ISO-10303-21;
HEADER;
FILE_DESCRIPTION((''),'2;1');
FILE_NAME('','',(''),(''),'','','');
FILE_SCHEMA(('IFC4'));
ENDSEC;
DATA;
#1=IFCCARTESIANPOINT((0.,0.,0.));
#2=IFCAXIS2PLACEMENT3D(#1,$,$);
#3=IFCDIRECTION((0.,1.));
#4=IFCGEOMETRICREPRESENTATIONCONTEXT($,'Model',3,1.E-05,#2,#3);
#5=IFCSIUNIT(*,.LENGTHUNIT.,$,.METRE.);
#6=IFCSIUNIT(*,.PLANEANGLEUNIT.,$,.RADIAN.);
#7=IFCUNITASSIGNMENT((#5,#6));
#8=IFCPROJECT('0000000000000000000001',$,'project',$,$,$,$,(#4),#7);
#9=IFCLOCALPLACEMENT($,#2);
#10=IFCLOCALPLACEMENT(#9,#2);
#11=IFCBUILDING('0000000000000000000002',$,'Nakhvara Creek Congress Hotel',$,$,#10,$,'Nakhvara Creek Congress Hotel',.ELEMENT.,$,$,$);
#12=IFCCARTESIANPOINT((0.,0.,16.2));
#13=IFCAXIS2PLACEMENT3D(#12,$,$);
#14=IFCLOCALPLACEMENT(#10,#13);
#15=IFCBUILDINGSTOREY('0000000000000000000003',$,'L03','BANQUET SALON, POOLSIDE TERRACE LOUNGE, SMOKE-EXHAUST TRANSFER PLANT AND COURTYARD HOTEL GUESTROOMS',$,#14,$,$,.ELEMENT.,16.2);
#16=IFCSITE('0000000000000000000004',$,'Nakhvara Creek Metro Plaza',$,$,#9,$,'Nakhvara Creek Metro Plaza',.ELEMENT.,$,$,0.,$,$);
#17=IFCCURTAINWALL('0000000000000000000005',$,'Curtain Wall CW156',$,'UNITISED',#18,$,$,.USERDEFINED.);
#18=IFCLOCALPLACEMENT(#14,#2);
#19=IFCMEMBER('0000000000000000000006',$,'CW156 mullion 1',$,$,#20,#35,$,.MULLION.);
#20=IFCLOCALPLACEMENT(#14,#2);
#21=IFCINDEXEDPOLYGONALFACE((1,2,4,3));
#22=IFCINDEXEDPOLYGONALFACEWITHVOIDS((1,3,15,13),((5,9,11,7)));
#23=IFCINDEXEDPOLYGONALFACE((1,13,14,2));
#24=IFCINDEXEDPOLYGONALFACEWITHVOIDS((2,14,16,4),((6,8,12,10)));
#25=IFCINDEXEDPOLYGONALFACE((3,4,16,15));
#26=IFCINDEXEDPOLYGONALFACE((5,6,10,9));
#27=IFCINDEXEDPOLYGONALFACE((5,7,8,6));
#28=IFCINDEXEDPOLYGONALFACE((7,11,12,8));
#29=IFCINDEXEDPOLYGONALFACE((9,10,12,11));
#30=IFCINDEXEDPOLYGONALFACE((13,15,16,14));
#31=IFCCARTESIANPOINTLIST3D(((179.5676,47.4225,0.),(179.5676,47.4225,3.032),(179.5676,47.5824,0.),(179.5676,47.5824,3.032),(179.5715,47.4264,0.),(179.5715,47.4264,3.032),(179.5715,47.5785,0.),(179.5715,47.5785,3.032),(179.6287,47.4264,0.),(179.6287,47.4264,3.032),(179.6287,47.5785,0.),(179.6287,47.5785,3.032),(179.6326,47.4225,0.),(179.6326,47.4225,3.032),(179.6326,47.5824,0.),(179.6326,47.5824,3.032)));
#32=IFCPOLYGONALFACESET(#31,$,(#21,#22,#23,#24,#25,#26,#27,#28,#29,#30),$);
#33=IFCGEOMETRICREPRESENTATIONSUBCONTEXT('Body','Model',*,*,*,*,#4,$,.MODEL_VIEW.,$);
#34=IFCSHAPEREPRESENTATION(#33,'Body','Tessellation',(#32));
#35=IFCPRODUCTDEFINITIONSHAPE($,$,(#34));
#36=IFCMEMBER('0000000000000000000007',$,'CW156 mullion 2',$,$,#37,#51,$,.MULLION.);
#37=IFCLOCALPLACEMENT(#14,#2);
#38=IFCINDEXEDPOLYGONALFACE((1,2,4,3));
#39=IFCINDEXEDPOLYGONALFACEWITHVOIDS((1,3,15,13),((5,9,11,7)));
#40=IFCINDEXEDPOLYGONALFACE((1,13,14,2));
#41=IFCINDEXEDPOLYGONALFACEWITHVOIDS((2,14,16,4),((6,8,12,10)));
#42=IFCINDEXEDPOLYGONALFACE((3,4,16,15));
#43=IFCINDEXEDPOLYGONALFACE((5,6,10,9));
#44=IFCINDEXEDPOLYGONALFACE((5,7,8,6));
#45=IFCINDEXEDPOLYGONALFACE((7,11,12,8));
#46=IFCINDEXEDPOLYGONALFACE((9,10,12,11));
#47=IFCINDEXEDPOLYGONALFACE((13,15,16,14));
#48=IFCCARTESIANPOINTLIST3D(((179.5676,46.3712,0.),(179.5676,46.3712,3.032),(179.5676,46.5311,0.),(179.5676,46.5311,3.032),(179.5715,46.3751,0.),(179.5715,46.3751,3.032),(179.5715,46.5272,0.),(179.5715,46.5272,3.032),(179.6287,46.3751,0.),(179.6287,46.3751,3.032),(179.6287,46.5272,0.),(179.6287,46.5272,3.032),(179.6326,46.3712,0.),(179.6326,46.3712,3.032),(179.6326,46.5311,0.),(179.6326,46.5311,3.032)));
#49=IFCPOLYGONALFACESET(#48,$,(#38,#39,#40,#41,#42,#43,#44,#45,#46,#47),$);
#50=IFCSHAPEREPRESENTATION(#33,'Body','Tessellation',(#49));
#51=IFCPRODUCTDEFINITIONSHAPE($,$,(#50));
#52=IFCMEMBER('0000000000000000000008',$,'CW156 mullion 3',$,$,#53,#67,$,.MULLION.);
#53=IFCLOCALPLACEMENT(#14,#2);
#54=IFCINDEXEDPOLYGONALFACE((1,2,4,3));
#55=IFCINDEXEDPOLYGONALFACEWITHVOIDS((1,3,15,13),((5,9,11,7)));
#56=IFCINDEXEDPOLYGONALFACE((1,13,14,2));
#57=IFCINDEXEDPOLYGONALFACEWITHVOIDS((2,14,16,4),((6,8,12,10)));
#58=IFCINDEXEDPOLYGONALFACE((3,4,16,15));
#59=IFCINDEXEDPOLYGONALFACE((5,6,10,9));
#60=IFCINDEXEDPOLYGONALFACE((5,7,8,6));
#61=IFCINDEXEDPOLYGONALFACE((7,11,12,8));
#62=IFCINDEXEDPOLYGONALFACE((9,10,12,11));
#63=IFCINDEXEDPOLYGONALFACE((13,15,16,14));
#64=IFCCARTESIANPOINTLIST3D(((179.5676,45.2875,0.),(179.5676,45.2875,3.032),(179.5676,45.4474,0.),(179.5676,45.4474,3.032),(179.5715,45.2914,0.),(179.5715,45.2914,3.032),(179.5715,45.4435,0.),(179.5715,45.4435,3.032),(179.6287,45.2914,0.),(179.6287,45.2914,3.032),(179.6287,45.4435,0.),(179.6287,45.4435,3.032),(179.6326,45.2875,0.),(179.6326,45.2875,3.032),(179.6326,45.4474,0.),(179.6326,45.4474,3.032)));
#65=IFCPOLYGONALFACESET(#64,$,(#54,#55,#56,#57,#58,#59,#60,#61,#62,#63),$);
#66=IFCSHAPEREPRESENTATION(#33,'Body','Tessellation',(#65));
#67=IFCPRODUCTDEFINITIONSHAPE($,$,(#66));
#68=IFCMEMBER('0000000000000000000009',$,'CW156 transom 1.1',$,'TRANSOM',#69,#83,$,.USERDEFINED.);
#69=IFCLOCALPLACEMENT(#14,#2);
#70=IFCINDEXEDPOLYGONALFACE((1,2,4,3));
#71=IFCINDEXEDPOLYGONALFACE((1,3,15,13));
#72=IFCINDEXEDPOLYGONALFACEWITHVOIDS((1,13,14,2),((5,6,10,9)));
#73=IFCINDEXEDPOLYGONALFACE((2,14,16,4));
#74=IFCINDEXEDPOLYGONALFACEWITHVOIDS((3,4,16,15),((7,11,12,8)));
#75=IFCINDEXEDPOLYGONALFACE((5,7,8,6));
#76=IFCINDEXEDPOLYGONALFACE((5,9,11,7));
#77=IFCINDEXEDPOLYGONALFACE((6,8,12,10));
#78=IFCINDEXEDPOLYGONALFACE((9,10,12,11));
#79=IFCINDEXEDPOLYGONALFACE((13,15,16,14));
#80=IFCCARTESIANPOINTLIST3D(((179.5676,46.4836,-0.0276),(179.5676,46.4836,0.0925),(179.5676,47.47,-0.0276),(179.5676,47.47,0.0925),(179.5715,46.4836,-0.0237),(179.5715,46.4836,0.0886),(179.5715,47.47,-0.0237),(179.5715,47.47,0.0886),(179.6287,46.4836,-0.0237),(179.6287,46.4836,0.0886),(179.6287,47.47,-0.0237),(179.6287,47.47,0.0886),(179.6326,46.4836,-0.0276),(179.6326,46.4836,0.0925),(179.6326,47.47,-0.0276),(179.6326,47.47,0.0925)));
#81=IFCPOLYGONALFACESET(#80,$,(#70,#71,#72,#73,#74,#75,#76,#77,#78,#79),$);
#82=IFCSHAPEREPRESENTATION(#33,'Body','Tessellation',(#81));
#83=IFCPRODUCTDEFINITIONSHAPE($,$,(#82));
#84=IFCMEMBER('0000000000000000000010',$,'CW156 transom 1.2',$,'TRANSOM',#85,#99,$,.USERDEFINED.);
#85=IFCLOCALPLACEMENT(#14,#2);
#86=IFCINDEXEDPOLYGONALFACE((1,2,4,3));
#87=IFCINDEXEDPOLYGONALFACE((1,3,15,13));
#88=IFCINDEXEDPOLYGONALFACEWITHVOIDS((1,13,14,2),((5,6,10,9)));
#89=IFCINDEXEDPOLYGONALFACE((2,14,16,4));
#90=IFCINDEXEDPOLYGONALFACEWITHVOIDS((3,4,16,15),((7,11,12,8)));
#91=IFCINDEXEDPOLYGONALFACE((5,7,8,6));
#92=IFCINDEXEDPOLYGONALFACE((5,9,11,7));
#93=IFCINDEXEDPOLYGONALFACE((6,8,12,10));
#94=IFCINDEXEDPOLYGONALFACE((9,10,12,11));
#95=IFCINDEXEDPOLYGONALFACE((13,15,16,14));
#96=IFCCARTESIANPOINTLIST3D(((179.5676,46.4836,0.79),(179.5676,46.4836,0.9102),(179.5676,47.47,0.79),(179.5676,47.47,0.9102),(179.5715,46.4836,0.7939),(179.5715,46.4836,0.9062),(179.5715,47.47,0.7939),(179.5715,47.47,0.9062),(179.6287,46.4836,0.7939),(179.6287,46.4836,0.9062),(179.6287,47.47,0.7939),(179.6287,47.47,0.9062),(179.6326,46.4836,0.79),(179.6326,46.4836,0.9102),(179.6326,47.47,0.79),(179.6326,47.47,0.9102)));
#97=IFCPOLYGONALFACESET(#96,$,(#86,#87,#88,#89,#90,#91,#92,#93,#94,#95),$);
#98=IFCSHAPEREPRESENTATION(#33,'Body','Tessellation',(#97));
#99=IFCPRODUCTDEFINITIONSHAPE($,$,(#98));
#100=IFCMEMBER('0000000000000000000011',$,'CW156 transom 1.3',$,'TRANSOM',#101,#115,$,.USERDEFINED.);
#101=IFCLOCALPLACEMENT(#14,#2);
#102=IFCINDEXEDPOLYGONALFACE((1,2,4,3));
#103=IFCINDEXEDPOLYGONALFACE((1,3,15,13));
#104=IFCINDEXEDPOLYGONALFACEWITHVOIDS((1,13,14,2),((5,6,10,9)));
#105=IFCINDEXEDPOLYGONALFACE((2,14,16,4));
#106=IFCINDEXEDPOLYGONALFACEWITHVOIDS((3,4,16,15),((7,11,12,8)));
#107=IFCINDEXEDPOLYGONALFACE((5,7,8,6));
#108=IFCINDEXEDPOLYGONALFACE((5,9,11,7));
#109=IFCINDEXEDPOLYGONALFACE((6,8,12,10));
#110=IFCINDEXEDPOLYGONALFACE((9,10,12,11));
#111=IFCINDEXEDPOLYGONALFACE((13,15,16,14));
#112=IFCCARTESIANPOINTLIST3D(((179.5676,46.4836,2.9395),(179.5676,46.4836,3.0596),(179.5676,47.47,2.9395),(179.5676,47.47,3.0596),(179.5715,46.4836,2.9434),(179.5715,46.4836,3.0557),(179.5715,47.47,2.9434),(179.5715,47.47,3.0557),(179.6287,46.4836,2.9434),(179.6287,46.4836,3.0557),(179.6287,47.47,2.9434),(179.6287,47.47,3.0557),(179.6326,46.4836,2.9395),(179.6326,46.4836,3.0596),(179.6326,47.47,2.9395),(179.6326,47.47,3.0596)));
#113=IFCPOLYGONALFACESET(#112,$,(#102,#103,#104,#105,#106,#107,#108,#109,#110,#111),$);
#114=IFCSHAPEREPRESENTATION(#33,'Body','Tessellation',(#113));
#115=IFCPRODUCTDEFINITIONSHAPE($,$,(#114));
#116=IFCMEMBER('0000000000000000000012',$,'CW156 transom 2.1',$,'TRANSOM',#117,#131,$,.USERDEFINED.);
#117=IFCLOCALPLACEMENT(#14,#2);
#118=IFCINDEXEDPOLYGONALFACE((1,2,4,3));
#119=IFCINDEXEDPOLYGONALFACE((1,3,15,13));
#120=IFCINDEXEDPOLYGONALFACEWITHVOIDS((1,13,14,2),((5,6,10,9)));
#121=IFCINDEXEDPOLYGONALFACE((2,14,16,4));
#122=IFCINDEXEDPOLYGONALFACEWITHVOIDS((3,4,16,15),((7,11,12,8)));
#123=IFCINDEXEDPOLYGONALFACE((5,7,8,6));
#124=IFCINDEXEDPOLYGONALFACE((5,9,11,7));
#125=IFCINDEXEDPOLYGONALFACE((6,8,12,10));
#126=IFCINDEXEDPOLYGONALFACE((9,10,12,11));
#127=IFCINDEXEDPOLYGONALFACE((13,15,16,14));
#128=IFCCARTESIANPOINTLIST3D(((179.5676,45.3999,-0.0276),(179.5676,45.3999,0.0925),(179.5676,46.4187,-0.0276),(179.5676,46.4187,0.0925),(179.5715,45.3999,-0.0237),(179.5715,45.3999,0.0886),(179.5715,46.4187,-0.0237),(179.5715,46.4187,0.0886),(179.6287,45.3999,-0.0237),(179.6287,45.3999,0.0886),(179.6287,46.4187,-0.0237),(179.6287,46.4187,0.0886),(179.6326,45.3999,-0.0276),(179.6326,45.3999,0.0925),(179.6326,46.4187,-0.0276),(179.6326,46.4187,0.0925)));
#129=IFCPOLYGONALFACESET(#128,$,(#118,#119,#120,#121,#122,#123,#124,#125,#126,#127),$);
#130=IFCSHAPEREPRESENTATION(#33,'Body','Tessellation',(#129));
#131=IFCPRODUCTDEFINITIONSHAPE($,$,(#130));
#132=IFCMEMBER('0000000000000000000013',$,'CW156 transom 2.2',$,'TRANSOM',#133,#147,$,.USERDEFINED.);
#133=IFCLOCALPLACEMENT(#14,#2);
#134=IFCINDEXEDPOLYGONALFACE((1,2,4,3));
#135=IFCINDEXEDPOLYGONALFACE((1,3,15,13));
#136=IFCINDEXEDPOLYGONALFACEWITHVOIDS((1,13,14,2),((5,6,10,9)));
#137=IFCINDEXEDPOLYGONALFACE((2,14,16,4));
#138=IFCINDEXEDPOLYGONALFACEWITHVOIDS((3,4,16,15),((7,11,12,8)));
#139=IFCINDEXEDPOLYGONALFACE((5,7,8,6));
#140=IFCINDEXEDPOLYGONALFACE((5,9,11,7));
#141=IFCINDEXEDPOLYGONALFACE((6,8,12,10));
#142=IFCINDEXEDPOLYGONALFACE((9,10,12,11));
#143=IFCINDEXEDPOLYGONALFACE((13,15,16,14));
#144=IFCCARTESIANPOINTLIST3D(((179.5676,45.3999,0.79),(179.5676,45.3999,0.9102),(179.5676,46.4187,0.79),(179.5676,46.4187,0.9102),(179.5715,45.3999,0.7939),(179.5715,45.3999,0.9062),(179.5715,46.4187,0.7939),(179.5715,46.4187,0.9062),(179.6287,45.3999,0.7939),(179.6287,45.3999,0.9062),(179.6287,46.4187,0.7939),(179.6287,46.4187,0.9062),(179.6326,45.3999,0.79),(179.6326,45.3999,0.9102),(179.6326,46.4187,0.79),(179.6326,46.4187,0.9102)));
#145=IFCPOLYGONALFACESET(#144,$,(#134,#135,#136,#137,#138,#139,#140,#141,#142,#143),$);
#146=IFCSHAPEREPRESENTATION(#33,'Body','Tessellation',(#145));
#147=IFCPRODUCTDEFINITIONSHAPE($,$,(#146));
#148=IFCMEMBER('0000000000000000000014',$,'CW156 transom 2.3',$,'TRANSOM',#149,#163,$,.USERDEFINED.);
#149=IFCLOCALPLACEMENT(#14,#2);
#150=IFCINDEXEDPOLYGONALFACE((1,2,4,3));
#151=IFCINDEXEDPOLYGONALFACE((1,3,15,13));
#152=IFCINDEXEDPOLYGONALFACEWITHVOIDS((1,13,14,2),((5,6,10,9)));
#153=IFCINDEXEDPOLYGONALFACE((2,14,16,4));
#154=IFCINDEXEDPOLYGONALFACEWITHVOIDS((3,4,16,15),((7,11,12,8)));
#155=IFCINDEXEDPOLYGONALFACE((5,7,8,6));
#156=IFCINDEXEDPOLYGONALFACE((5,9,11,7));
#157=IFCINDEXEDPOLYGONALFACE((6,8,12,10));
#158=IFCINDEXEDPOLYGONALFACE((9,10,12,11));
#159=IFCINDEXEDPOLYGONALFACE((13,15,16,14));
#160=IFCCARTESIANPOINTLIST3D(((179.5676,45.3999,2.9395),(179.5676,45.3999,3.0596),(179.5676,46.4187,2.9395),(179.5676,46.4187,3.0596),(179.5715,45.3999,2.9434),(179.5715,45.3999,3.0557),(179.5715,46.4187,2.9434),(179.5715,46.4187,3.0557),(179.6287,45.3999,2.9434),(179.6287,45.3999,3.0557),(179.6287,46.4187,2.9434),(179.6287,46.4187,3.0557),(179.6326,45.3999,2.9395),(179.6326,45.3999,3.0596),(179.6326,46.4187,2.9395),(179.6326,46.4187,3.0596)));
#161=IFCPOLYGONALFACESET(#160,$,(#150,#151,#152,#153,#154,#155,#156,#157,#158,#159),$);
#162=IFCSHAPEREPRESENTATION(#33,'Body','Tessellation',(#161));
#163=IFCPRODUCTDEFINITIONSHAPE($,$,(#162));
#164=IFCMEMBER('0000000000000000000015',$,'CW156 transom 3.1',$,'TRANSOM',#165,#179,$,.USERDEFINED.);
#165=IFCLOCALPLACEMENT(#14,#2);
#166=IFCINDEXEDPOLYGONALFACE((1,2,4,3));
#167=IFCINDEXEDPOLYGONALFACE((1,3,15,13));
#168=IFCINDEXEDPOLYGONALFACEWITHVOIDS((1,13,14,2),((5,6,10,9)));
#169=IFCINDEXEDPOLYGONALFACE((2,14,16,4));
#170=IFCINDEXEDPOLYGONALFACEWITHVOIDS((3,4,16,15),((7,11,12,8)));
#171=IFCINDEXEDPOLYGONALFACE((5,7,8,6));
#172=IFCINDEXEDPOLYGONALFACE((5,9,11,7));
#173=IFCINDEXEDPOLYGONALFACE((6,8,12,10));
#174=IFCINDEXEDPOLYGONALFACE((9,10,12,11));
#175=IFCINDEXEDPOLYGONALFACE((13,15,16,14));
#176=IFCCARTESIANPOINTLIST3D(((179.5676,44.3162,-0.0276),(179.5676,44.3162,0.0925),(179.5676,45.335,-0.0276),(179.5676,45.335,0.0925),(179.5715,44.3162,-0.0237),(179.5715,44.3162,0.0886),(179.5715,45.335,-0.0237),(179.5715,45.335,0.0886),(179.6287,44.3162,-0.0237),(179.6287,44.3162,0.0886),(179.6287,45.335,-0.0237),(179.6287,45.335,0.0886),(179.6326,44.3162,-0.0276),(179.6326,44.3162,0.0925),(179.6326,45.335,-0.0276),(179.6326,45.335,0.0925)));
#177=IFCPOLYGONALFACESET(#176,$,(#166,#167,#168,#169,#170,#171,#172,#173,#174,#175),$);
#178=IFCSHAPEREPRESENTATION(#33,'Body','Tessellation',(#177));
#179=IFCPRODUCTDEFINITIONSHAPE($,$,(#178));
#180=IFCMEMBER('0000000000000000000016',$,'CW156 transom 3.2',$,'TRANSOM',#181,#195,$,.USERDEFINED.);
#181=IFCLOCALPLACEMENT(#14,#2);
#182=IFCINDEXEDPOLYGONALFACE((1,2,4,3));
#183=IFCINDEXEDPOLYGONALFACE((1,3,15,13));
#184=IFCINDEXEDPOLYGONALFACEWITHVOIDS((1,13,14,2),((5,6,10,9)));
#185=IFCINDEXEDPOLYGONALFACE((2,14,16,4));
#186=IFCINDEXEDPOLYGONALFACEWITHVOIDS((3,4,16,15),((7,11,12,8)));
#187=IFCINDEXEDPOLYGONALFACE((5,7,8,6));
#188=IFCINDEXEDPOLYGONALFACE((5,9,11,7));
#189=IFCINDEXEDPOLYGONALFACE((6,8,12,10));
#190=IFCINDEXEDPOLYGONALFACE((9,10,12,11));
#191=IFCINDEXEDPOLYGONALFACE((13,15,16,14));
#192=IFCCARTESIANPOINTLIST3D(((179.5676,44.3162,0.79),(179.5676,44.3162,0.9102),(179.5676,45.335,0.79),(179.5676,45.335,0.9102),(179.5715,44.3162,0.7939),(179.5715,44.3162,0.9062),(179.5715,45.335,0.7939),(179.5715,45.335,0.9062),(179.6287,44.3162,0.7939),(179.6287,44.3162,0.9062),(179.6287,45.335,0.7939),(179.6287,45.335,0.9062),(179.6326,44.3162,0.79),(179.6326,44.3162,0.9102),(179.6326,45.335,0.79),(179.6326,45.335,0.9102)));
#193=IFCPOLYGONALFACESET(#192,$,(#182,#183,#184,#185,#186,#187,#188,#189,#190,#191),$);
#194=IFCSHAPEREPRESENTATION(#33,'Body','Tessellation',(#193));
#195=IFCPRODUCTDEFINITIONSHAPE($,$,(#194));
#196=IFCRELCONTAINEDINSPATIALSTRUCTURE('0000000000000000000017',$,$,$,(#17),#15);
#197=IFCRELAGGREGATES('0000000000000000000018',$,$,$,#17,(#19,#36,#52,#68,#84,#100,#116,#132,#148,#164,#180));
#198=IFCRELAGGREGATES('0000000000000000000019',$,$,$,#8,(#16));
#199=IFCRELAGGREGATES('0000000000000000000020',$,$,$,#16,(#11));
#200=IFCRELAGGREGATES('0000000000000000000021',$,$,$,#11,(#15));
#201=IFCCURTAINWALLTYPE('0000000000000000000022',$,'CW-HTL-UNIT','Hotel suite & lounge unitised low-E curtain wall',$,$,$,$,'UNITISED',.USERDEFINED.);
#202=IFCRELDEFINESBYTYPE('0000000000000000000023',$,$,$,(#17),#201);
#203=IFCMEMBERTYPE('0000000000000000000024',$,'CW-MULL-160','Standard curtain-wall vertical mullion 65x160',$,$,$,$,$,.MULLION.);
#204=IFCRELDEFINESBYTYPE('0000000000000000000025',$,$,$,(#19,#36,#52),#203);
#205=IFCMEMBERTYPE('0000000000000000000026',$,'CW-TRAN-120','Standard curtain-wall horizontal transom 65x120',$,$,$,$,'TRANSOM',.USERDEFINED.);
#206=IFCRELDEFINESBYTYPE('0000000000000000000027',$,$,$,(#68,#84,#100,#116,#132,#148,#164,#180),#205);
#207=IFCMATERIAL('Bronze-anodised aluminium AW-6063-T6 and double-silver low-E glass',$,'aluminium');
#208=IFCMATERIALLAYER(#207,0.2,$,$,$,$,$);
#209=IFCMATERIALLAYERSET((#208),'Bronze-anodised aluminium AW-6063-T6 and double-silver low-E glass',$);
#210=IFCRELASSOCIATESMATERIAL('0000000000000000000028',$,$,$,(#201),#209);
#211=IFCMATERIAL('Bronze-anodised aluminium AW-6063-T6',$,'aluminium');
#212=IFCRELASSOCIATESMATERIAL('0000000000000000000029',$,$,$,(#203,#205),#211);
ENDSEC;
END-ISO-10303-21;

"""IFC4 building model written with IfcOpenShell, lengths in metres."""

from ifc_helpers import new_model, si_unit, direction, frame, origin, origin_2d, place, context, subcontext, project, spatial, hollow_rectangle, extrude, material, layer, layer_set, material_profile, profile_set, type_object, element, aggregate, save


model = new_model("IFC4")

# Units and contexts
model_context = context("Model", 3, precision=1e-05, world=origin(), true_north=direction((0.0, 1.0)))
body_context = subcontext(model_context, "Body", "Model", "MODEL_VIEW")
ifc_project = project(units=[si_unit("LENGTHUNIT", "METRE"), si_unit("PLANEANGLEUNIT", "RADIAN")], contexts=[model_context])

# Site, building, storey
site_placement = place(None, origin())
site = spatial("IfcSite", under=ifc_project, at=site_placement, Name="Nakhvara Creek Metro Plaza", LongName="Nakhvara Creek Metro Plaza", CompositionType="ELEMENT", RefElevation=0.0)
building_placement = place(site_placement, origin())
building = spatial("IfcBuilding", under=site, at=building_placement, Name="Nakhvara Creek Congress Hotel", LongName="Nakhvara Creek Congress Hotel", CompositionType="ELEMENT")
storey_placement = place(building_placement, frame((0.0, 0.0, 16.2)))
storey = spatial("IfcBuildingStorey", under=building, at=storey_placement, Name="L03", Description="BANQUET SALON, POOLSIDE TERRACE LOUNGE, SMOKE-EXHAUST TRANSFER PLANT AND COURTYARD HOTEL GUESTROOMS", CompositionType="ELEMENT", Elevation=16.2)

# Curtain wall, members
ifc_material_1 = material(Name="Bronze-anodised aluminium AW-6063-T6 and double-silver low-E glass", Category="aluminium")
ifc_layer_1 = layer(ifc_material_1, 0.2)
ifc_layer_set_1 = layer_set([ifc_layer_1], Name="Bronze-anodised aluminium AW-6063-T6 and double-silver low-E glass")
curtain_wall_type = type_object("IfcCurtainWallType", Name="CW-HTL-UNIT", Description="Hotel suite & lounge unitised low-E curtain wall", ElementType="UNITISED", PredefinedType="USERDEFINED", material=ifc_layer_set_1)
curtain_wall_placement = place(storey_placement, origin())
curtain_wall = element("IfcCurtainWall", 1, at=curtain_wall_placement, inside=storey, type_object=curtain_wall_type, Name="Curtain Wall CW156", ObjectType="UNITISED", PredefinedType="USERDEFINED")
ifc_material_2 = material(Name="Bronze-anodised aluminium AW-6063-T6", Category="aluminium")
ifc_material_profile_1 = material_profile(ifc_material_2, hollow_rectangle(XDim=0.0649, YDim=0.1599, WallThickness=0.0039, at=origin_2d()), Name="ALU-MULL 65x160x4", Category="LoadBearing")
ifc_profile_set_1 = profile_set([ifc_material_profile_1], Name="Bronze-anodised aluminium AW-6063-T6")
member_type_1 = type_object("IfcMemberType", Name="CW-MULL-160", Description="Standard curtain-wall vertical mullion 65x160", PredefinedType="MULLION", material=ifc_profile_set_1)
member_1_placement = place(storey_placement, frame((179.6001, 47.5024, 0.0), z_axis=(0.0, 0.0, 1.0), x_axis=(1.0, 0.0, 0.0)))
member_1 = element("IfcMember", 2, at=member_1_placement, type_object=member_type_1, Name="CW156 mullion 1", PredefinedType="MULLION", context=body_context, shape_type="SweptSolid", body=[
    extrude(hollow_rectangle(XDim=0.0649, YDim=0.1599, WallThickness=0.0039, at=origin_2d()), origin(), (0.0, 0.0, 1.0), 3.032),
])
member_2_placement = place(storey_placement, frame((179.6001, 46.4512, 0.0), z_axis=(0.0, 0.0, 1.0), x_axis=(1.0, 0.0, 0.0)))
member_2 = element("IfcMember", 3, at=member_2_placement, type_object=member_type_1, Name="CW156 mullion 2", PredefinedType="MULLION", context=body_context, shape_type="SweptSolid", body=[
    extrude(hollow_rectangle(XDim=0.0649, YDim=0.1599, WallThickness=0.0039, at=origin_2d()), origin(), (0.0, 0.0, 1.0), 3.032),
])
member_3_placement = place(storey_placement, frame((179.6001, 45.3674, 0.0), z_axis=(0.0, 0.0, 1.0), x_axis=(1.0, 0.0, 0.0)))
member_3 = element("IfcMember", 4, at=member_3_placement, type_object=member_type_1, Name="CW156 mullion 3", PredefinedType="MULLION", context=body_context, shape_type="SweptSolid", body=[
    extrude(hollow_rectangle(XDim=0.0649, YDim=0.1599, WallThickness=0.0039, at=origin_2d()), origin(), (0.0, 0.0, 1.0), 3.032),
])
ifc_material_profile_2 = material_profile(ifc_material_2, hollow_rectangle(XDim=0.0649, YDim=0.1201, WallThickness=0.0039, at=origin_2d()), Name="ALU-TRAN 65x120x4", Category="LoadBearing")
ifc_profile_set_2 = profile_set([ifc_material_profile_2], Name="Bronze-anodised aluminium AW-6063-T6")
member_type_2 = type_object("IfcMemberType", Name="CW-TRAN-120", Description="Standard curtain-wall horizontal transom 65x120", ElementType="TRANSOM", PredefinedType="USERDEFINED", material=ifc_profile_set_2)
member_4_placement = place(storey_placement, frame((179.6001, 47.47, 0.0325), z_axis=(0.0, -1.0, 0.0), x_axis=(1.0, 0.0, 0.0)))
member_4 = element("IfcMember", 5, at=member_4_placement, type_object=member_type_2, Name="CW156 transom 1.1", ObjectType="TRANSOM", PredefinedType="USERDEFINED", context=body_context, shape_type="SweptSolid", body=[
    extrude(hollow_rectangle(XDim=0.0649, YDim=0.1201, WallThickness=0.0039, at=origin_2d()), origin(), (0.0, 0.0, 1.0), 0.9863),
])
member_5_placement = place(storey_placement, frame((179.6001, 47.47, 0.8501), z_axis=(0.0, -1.0, 0.0), x_axis=(1.0, 0.0, 0.0)))
member_5 = element("IfcMember", 6, at=member_5_placement, type_object=member_type_2, Name="CW156 transom 1.2", ObjectType="TRANSOM", PredefinedType="USERDEFINED", context=body_context, shape_type="SweptSolid", body=[
    extrude(hollow_rectangle(XDim=0.0649, YDim=0.1201, WallThickness=0.0039, at=origin_2d()), origin(), (0.0, 0.0, 1.0), 0.9863),
])
member_6_placement = place(storey_placement, frame((179.6001, 47.47, 2.9995), z_axis=(0.0, -1.0, 0.0), x_axis=(1.0, 0.0, 0.0)))
member_6 = element("IfcMember", 7, at=member_6_placement, type_object=member_type_2, Name="CW156 transom 1.3", ObjectType="TRANSOM", PredefinedType="USERDEFINED", context=body_context, shape_type="SweptSolid", body=[
    extrude(hollow_rectangle(XDim=0.0649, YDim=0.1201, WallThickness=0.0039, at=origin_2d()), origin(), (0.0, 0.0, 1.0), 0.9863),
])
member_7_placement = place(storey_placement, frame((179.6001, 46.4187, 0.0325), z_axis=(0.0, -1.0, 0.0), x_axis=(1.0, 0.0, 0.0)))
member_7 = element("IfcMember", 8, at=member_7_placement, type_object=member_type_2, Name="CW156 transom 2.1", ObjectType="TRANSOM", PredefinedType="USERDEFINED", context=body_context, shape_type="SweptSolid", body=[
    extrude(hollow_rectangle(XDim=0.0649, YDim=0.1201, WallThickness=0.0039, at=origin_2d()), origin(), (0.0, 0.0, 1.0), 1.0188),
])
member_8_placement = place(storey_placement, frame((179.6001, 46.4187, 0.8501), z_axis=(0.0, -1.0, 0.0), x_axis=(1.0, 0.0, 0.0)))
member_8 = element("IfcMember", 9, at=member_8_placement, type_object=member_type_2, Name="CW156 transom 2.2", ObjectType="TRANSOM", PredefinedType="USERDEFINED", context=body_context, shape_type="SweptSolid", body=[
    extrude(hollow_rectangle(XDim=0.0649, YDim=0.1201, WallThickness=0.0039, at=origin_2d()), origin(), (0.0, 0.0, 1.0), 1.0188),
])
member_9_placement = place(storey_placement, frame((179.6001, 46.4187, 2.9995), z_axis=(0.0, -1.0, 0.0), x_axis=(1.0, 0.0, 0.0)))
member_9 = element("IfcMember", 10, at=member_9_placement, type_object=member_type_2, Name="CW156 transom 2.3", ObjectType="TRANSOM", PredefinedType="USERDEFINED", context=body_context, shape_type="SweptSolid", body=[
    extrude(hollow_rectangle(XDim=0.0649, YDim=0.1201, WallThickness=0.0039, at=origin_2d()), origin(), (0.0, 0.0, 1.0), 1.0188),
])
member_10_placement = place(storey_placement, frame((179.6001, 45.335, 0.0325), z_axis=(0.0, -1.0, 0.0), x_axis=(1.0, 0.0, 0.0)))
member_10 = element("IfcMember", 11, at=member_10_placement, type_object=member_type_2, Name="CW156 transom 3.1", ObjectType="TRANSOM", PredefinedType="USERDEFINED", context=body_context, shape_type="SweptSolid", body=[
    extrude(hollow_rectangle(XDim=0.0649, YDim=0.1201, WallThickness=0.0039, at=origin_2d()), origin(), (0.0, 0.0, 1.0), 1.0188),
])
member_11_placement = place(storey_placement, frame((179.6001, 45.335, 0.8501), z_axis=(0.0, -1.0, 0.0), x_axis=(1.0, 0.0, 0.0)))
member_11 = element("IfcMember", 12, at=member_11_placement, type_object=member_type_2, Name="CW156 transom 3.2", ObjectType="TRANSOM", PredefinedType="USERDEFINED", context=body_context, shape_type="SweptSolid", body=[
    extrude(hollow_rectangle(XDim=0.0649, YDim=0.1201, WallThickness=0.0039, at=origin_2d()), origin(), (0.0, 0.0, 1.0), 1.0188),
])
aggregate(curtain_wall, [member_1, member_2, member_3, member_4, member_5, member_6, member_7, member_8, member_9, member_10, member_11])

save(model, "model.ifc")
